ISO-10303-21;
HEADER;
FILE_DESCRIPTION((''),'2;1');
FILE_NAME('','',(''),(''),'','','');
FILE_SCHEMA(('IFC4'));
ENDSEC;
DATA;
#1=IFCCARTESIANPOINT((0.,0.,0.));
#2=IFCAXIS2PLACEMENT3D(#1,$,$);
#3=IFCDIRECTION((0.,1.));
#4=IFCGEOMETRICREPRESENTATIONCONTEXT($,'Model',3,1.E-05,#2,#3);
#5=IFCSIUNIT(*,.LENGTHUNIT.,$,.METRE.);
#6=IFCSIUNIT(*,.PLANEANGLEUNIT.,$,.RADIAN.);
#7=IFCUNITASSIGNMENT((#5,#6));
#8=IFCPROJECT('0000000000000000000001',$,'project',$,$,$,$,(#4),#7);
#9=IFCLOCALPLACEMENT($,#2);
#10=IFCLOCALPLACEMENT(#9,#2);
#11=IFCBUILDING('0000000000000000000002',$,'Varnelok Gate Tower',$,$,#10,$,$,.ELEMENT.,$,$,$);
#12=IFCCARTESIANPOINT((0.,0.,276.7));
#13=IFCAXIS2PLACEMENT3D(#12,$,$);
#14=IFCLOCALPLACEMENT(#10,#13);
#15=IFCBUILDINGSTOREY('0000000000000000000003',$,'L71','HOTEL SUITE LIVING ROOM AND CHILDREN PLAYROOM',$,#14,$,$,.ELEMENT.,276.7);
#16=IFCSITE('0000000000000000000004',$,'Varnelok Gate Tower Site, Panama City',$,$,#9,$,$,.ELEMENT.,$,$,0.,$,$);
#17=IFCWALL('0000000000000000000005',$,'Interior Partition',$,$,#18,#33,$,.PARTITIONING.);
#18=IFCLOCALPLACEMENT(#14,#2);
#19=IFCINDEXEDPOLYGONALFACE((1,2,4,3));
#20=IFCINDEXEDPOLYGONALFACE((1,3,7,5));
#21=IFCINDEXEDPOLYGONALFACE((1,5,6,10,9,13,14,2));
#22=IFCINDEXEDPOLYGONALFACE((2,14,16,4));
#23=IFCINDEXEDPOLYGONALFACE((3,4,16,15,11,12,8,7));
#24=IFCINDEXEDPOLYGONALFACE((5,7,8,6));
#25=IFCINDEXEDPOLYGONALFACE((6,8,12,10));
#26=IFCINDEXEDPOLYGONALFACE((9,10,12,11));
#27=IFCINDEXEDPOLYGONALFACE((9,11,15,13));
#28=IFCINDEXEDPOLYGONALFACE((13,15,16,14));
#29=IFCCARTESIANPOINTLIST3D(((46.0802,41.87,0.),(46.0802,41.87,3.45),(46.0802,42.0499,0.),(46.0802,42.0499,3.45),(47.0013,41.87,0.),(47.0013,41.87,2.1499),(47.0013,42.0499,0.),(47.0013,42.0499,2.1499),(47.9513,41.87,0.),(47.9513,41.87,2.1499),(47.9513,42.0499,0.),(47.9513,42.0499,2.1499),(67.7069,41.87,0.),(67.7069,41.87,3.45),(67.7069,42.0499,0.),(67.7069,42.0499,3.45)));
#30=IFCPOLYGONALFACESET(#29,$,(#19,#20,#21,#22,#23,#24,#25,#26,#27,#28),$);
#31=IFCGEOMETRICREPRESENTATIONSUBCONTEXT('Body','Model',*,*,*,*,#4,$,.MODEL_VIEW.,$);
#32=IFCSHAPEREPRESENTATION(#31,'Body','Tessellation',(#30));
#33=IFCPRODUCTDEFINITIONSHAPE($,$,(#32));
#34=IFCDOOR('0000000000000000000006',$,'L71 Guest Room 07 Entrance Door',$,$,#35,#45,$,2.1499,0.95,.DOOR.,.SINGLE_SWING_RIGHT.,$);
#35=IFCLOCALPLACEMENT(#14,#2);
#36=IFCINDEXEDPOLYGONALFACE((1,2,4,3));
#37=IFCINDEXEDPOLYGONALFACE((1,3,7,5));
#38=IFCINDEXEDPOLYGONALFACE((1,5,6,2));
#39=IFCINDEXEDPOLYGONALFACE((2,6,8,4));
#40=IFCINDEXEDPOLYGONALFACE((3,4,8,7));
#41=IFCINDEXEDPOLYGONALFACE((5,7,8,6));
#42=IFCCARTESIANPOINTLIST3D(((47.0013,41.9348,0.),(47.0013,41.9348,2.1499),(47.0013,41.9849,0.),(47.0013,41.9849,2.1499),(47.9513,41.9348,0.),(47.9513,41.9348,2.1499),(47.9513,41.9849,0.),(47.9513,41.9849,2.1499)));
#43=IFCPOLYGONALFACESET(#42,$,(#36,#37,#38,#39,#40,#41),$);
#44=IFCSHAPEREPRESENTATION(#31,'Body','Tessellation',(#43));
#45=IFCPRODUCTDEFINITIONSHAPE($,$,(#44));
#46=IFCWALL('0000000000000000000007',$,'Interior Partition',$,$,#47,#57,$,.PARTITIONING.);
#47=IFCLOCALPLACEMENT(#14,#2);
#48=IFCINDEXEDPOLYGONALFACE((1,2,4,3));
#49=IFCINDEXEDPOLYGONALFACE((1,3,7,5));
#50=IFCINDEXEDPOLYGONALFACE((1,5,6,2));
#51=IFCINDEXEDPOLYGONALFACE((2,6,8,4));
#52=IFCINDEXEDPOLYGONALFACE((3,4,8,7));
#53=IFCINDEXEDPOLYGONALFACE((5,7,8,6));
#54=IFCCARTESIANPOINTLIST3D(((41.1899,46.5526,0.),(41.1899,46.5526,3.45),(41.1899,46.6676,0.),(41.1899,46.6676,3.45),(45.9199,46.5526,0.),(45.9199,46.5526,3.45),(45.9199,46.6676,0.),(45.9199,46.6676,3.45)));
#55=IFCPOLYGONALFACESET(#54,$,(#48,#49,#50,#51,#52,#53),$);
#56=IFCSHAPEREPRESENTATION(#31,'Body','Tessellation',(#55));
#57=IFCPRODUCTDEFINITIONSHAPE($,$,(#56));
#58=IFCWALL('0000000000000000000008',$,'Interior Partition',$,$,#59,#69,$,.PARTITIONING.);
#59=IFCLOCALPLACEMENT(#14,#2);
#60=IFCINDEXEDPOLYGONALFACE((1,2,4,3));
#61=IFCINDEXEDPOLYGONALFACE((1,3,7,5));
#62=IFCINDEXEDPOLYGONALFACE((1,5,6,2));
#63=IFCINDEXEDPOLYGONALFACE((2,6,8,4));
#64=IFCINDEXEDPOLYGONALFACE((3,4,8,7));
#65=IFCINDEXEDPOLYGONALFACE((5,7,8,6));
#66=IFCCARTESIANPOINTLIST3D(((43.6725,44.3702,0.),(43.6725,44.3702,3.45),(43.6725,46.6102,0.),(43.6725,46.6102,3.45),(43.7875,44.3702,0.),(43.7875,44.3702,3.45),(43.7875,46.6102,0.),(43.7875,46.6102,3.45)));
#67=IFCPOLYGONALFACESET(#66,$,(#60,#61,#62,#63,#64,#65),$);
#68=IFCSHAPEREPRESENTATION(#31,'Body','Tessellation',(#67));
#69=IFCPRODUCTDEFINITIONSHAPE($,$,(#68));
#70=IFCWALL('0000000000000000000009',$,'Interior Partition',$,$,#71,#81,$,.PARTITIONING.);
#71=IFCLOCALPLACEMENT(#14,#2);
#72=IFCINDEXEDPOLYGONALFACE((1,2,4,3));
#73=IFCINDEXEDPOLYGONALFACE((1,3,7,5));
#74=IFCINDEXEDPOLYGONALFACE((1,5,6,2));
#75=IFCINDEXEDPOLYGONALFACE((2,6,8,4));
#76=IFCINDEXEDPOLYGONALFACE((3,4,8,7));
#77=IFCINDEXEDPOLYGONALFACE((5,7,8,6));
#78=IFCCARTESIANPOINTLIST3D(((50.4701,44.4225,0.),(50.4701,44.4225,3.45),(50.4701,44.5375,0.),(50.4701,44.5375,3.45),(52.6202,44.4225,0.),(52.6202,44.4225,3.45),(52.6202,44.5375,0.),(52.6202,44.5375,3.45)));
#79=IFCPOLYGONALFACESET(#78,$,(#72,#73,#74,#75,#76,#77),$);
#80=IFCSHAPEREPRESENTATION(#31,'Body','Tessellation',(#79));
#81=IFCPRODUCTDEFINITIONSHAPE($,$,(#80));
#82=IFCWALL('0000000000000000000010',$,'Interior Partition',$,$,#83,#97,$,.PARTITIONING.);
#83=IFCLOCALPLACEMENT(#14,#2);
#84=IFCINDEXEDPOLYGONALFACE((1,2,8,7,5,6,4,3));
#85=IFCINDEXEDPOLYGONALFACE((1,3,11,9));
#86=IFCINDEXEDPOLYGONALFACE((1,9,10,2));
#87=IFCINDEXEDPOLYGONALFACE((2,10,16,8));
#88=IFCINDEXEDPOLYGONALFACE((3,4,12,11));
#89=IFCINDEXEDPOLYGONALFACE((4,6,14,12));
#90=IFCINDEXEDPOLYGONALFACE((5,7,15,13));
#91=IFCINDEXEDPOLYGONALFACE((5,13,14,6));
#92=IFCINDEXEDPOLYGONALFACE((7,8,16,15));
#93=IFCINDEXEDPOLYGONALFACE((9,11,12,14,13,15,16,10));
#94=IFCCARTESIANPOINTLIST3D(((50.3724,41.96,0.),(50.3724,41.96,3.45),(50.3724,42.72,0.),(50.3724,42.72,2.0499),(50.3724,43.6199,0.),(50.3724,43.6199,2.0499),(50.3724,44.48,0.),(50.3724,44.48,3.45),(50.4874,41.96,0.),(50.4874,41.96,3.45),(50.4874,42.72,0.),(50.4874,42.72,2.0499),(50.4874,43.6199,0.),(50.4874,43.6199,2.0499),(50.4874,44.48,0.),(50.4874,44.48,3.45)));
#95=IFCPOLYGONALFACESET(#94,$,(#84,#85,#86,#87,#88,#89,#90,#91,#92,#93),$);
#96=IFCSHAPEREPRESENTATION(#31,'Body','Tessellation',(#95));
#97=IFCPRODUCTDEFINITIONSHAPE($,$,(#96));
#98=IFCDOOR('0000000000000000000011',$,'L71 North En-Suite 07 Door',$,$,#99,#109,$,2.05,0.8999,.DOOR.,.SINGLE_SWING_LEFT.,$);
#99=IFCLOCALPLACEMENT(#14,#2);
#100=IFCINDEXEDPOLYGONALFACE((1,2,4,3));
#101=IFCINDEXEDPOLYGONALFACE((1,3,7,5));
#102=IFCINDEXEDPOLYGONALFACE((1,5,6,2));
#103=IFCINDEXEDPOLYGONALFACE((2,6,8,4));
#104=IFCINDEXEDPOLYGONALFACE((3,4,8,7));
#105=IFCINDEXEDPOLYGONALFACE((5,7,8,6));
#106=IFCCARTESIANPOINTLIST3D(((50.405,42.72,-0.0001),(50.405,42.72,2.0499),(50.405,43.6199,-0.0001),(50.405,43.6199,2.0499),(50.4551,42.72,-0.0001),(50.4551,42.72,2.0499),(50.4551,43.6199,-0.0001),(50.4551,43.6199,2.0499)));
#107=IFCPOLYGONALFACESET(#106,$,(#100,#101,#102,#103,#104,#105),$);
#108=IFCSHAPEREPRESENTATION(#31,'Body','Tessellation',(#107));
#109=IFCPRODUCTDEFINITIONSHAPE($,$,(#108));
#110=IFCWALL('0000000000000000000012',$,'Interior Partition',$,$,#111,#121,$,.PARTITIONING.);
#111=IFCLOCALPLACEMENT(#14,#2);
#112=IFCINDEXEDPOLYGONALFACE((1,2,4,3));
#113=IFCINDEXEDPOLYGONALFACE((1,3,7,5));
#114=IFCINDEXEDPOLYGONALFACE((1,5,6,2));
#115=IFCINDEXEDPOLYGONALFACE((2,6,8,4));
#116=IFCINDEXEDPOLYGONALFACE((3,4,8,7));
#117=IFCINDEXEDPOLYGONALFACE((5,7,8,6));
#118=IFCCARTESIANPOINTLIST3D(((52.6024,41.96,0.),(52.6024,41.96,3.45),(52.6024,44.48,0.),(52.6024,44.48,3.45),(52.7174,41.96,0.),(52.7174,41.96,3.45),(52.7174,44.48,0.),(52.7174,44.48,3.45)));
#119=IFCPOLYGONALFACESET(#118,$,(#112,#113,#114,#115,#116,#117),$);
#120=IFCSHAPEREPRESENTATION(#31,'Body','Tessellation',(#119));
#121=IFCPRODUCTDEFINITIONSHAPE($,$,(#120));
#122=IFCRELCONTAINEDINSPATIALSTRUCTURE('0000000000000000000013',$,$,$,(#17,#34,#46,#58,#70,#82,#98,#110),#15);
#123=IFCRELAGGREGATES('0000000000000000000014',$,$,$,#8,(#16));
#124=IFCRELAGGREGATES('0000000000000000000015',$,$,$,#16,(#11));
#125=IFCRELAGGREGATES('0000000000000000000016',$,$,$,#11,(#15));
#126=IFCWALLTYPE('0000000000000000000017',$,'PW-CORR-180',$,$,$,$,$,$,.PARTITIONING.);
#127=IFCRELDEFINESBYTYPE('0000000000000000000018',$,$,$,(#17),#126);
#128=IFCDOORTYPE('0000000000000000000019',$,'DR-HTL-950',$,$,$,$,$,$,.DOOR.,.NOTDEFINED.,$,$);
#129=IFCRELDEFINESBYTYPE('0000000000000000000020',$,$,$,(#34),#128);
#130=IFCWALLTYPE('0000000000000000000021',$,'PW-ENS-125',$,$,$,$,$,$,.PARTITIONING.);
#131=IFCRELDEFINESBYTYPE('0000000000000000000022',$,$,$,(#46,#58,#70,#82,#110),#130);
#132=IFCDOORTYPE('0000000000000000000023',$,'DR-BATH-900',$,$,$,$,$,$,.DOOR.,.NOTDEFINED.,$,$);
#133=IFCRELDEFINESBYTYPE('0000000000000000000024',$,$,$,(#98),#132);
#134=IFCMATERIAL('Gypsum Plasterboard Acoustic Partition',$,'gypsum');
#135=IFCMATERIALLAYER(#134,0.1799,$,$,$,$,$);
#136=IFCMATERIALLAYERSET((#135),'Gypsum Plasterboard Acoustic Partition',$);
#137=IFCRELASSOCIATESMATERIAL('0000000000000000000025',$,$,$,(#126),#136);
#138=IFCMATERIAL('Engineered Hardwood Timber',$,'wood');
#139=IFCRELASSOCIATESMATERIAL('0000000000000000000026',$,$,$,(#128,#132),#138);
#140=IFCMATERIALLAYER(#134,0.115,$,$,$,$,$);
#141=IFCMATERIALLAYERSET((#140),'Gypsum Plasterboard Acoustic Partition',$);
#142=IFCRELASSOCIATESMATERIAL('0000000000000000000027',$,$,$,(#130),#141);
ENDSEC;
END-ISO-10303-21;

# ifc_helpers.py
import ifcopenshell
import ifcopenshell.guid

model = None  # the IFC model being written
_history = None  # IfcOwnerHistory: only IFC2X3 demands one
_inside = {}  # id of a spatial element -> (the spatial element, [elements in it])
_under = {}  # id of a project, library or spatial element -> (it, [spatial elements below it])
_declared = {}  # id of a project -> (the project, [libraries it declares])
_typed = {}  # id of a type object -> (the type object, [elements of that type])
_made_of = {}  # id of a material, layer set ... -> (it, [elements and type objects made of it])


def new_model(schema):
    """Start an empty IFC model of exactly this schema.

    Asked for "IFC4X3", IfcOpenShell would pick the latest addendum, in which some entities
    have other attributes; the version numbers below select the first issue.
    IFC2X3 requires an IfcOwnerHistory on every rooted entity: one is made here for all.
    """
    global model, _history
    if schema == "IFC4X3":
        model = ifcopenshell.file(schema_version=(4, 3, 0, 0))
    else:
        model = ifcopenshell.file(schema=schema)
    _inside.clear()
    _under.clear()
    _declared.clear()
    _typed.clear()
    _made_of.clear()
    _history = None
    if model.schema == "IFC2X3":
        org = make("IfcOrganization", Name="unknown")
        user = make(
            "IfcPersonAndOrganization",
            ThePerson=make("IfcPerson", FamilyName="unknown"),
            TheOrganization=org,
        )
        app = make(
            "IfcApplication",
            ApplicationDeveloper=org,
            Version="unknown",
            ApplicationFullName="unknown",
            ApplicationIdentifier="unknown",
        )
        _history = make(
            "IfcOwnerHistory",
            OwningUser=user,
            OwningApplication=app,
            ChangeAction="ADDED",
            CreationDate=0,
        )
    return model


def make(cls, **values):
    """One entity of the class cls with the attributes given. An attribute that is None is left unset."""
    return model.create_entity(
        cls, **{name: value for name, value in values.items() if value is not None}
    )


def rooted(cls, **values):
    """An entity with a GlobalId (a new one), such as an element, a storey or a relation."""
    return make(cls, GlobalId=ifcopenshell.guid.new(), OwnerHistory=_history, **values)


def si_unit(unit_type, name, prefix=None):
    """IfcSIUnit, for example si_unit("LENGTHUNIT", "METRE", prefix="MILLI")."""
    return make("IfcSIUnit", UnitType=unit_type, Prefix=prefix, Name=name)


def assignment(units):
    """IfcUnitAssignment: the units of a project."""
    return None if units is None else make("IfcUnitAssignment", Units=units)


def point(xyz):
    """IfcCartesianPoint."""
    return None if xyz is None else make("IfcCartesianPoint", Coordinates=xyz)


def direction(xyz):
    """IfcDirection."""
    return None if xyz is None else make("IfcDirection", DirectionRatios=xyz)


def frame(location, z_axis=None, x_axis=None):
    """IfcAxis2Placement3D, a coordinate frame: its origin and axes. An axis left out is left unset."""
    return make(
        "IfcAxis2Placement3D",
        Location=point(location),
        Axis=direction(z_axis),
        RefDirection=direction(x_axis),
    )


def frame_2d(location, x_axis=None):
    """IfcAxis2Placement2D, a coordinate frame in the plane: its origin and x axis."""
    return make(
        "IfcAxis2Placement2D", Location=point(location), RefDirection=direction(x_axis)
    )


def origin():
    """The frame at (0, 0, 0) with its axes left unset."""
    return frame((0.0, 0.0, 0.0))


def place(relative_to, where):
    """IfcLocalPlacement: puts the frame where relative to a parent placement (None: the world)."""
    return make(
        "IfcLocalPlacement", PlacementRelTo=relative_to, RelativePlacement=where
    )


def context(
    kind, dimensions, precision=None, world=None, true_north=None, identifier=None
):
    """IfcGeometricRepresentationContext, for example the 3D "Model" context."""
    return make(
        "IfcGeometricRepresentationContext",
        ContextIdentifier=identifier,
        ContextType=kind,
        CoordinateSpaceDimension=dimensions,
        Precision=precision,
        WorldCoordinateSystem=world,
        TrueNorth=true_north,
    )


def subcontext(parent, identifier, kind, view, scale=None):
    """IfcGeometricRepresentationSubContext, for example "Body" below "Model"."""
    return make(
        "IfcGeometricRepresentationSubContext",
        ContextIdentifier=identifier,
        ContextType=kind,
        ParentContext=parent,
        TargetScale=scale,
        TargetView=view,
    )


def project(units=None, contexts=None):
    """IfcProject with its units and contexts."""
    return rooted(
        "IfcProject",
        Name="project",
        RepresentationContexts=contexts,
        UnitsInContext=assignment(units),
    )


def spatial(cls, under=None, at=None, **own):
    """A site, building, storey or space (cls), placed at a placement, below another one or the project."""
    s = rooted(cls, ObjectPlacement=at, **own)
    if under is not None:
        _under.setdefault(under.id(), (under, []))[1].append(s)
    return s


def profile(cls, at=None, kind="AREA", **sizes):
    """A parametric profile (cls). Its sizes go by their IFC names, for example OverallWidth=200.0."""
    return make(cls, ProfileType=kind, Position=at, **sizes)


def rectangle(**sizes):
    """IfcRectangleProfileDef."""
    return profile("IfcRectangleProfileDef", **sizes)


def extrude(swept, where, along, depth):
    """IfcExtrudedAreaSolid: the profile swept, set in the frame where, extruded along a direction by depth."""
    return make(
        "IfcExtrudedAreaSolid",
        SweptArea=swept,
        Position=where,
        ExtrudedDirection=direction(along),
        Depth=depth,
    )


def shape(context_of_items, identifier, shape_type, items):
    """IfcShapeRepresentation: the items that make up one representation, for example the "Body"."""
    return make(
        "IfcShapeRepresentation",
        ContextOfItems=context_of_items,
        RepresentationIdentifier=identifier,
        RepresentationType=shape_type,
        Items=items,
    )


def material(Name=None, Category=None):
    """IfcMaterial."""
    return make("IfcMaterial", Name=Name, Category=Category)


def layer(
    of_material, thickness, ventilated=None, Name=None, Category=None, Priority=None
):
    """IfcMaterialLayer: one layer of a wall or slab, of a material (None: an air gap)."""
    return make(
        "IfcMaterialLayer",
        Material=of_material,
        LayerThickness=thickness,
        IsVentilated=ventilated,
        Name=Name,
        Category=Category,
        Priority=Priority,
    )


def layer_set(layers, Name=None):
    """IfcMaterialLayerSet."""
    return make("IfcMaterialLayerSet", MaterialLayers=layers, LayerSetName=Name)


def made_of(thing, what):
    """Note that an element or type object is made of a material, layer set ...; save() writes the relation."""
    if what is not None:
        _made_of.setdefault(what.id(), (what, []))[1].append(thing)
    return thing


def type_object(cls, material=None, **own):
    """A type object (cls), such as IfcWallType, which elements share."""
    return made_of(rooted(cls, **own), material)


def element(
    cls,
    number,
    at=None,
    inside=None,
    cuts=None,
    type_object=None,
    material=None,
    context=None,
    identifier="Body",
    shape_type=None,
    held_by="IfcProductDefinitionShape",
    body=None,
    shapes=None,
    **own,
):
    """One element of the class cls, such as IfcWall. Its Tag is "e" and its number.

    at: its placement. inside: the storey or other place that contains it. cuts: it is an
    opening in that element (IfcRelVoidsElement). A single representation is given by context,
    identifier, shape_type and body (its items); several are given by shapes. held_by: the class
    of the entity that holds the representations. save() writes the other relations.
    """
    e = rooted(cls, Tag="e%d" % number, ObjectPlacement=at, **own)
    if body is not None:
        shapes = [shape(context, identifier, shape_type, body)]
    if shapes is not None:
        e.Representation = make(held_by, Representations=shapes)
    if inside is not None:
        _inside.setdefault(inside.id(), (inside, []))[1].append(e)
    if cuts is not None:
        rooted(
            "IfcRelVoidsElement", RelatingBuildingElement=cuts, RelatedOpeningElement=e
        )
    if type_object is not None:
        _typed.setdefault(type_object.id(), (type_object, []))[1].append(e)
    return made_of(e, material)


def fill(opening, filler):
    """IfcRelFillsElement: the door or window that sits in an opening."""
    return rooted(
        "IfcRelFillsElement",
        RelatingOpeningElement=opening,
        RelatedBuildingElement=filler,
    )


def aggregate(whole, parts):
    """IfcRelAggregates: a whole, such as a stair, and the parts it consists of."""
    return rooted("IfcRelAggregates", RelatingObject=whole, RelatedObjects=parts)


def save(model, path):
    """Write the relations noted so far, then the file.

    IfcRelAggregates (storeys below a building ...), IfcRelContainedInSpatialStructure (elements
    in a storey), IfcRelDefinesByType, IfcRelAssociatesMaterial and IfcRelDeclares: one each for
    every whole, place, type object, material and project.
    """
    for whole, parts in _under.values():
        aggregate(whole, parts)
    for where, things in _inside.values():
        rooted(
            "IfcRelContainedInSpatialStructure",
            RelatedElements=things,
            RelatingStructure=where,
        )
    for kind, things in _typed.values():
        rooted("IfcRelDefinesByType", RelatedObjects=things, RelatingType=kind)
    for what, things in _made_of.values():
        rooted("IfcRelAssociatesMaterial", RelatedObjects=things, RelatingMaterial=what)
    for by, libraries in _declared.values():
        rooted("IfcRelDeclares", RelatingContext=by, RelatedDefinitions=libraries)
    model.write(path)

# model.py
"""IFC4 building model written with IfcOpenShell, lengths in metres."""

from ifc_helpers import new_model, si_unit, direction, frame, frame_2d, origin, place, context, subcontext, project, spatial, rectangle, extrude, material, layer, layer_set, type_object, element, fill, save


model = new_model("IFC4")

# Units and contexts
model_context = context("Model", 3, precision=1e-05, world=origin(), true_north=direction((0.0, 1.0)))
body_context = subcontext(model_context, "Body", "Model", "MODEL_VIEW")
ifc_project = project(units=[si_unit("LENGTHUNIT", "METRE"), si_unit("PLANEANGLEUNIT", "RADIAN")], contexts=[model_context])

# Site, building, storey
site_placement = place(None, origin())
site = spatial("IfcSite", under=ifc_project, at=site_placement, Name="Varnelok Gate Tower Site, Panama City", CompositionType="ELEMENT", RefElevation=0.0)
building_placement = place(site_placement, origin())
building = spatial("IfcBuilding", under=site, at=building_placement, Name="Varnelok Gate Tower", CompositionType="ELEMENT")
storey_placement = place(building_placement, frame((0.0, 0.0, 276.7)))
storey = spatial("IfcBuildingStorey", under=building, at=storey_placement, Name="L71", Description="HOTEL SUITE LIVING ROOM AND CHILDREN PLAYROOM", CompositionType="ELEMENT", Elevation=276.7)

# Wall, opening, door
ifc_material_1 = material(Name="Gypsum Plasterboard Acoustic Partition", Category="gypsum")
ifc_layer_1 = layer(ifc_material_1, 0.1799)
ifc_layer_set_1 = layer_set([ifc_layer_1], Name="Gypsum Plasterboard Acoustic Partition")
wall_type_1 = type_object("IfcWallType", Name="PW-CORR-180", PredefinedType="PARTITIONING", material=ifc_layer_set_1)
wall_1_placement = place(storey_placement, frame((46.0801, 41.96, 0.0), z_axis=(0.0, 0.0, 1.0), x_axis=(1.0, 0.0, 0.0)))
wall_1 = element("IfcWall", 1, at=wall_1_placement, inside=storey, type_object=wall_type_1, Name="Interior Partition", PredefinedType="PARTITIONING", context=body_context, shape_type="SweptSolid", body=[
    extrude(rectangle(XDim=21.6267, YDim=0.1799, at=frame_2d((10.8135, 0.0))), origin(), (0.0, 0.0, 1.0), 3.45),
])
opening_1_placement = place(wall_1_placement, frame((0.9211, 0.0, 0.0)))
opening_1 = element("IfcOpeningElement", 2, at=opening_1_placement, cuts=wall_1, PredefinedType="OPENING", context=body_context, shape_type="SweptSolid", body=[
    extrude(rectangle(XDim=0.95, YDim=2.1499, at=frame_2d((0.4751, 1.075))), frame((0.0, 0.0999, 0.0), z_axis=(0.0, -1.0, 0.0), x_axis=(1.0, 0.0, 0.0)), (0.0, 0.0, 1.0), 0.2),
])
ifc_material_2 = material(Name="Engineered Hardwood Timber", Category="wood")
door_type_1 = type_object("IfcDoorType", Name="DR-HTL-950", OperationType="NOTDEFINED", PredefinedType="DOOR", material=ifc_material_2)
door_1_placement = place(opening_1_placement, origin())
door_1 = element("IfcDoor", 3, at=door_1_placement, inside=storey, type_object=door_type_1, Name="L71 Guest Room 07 Entrance Door", OperationType="SINGLE_SWING_RIGHT", OverallHeight=2.1499, OverallWidth=0.95, PredefinedType="DOOR", context=body_context, shape_type="SweptSolid", body=[
    extrude(rectangle(XDim=0.95, YDim=2.1499, at=frame_2d((0.4751, 1.075))), frame((0.0, 0.0249, 0.0), z_axis=(0.0, -1.0, 0.0), x_axis=(1.0, 0.0, 0.0)), (0.0, 0.0, 1.0), 0.05),
])
fill(opening_1, door_1)

# Walls
ifc_layer_2 = layer(ifc_material_1, 0.115)
ifc_layer_set_2 = layer_set([ifc_layer_2], Name="Gypsum Plasterboard Acoustic Partition")
wall_type_2 = type_object("IfcWallType", Name="PW-ENS-125", PredefinedType="PARTITIONING", material=ifc_layer_set_2)
wall_2_placement = place(storey_placement, frame((41.1899, 46.6101, 0.0), z_axis=(0.0, 0.0, 1.0), x_axis=(1.0, 0.0, 0.0)))
element("IfcWall", 4, at=wall_2_placement, inside=storey, type_object=wall_type_2, Name="Interior Partition", PredefinedType="PARTITIONING", context=body_context, shape_type="SweptSolid", body=[
    extrude(rectangle(XDim=4.73, YDim=0.115, at=frame_2d((2.365, 0.0))), origin(), (0.0, 0.0, 1.0), 3.45),
])
wall_3_placement = place(storey_placement, frame((43.73, 44.3701, 0.0), z_axis=(0.0, 0.0, 1.0), x_axis=(0.0, 1.0, 0.0)))
element("IfcWall", 5, at=wall_3_placement, inside=storey, type_object=wall_type_2, Name="Interior Partition", PredefinedType="PARTITIONING", context=body_context, shape_type="SweptSolid", body=[
    extrude(rectangle(XDim=2.24, YDim=0.115, at=frame_2d((1.1201, 0.0))), origin(), (0.0, 0.0, 1.0), 3.45),
])
wall_4_placement = place(storey_placement, frame((50.47, 44.48, 0.0), z_axis=(0.0, 0.0, 1.0), x_axis=(1.0, 0.0, 0.0)))
element("IfcWall", 6, at=wall_4_placement, inside=storey, type_object=wall_type_2, Name="Interior Partition", PredefinedType="PARTITIONING", context=body_context, shape_type="SweptSolid", body=[
    extrude(rectangle(XDim=2.1501, YDim=0.115, at=frame_2d((1.0752, 0.0))), origin(), (0.0, 0.0, 1.0), 3.45),
])

# Wall, opening, door
wall_5_placement = place(storey_placement, frame((50.4299, 41.96, 0.0), z_axis=(0.0, 0.0, 1.0), x_axis=(0.0, 1.0, 0.0)))
wall_5 = element("IfcWall", 7, at=wall_5_placement, inside=storey, type_object=wall_type_2, Name="Interior Partition", PredefinedType="PARTITIONING", context=body_context, shape_type="SweptSolid", body=[
    extrude(rectangle(XDim=2.52, YDim=0.115, at=frame_2d((1.26, 0.0))), origin(), (0.0, 0.0, 1.0), 3.45),
])
opening_2_placement = place(wall_5_placement, frame((0.76, 0.0, 0.0)))
opening_2 = element("IfcOpeningElement", 8, at=opening_2_placement, cuts=wall_5, PredefinedType="OPENING", context=body_context, shape_type="SweptSolid", body=[
    extrude(rectangle(XDim=0.8999, YDim=2.05, at=frame_2d((0.45, 1.0249))), frame((0.0, 0.0674, 0.0), z_axis=(0.0, -1.0, 0.0), x_axis=(1.0, 0.0, 0.0)), (0.0, 0.0, 1.0), 0.135),
])
door_type_2 = type_object("IfcDoorType", Name="DR-BATH-900", OperationType="NOTDEFINED", PredefinedType="DOOR", material=ifc_material_2)
door_2_placement = place(opening_2_placement, origin())
door_2 = element("IfcDoor", 9, at=door_2_placement, inside=storey, type_object=door_type_2, Name="L71 North En-Suite 07 Door", OperationType="SINGLE_SWING_LEFT", OverallHeight=2.05, OverallWidth=0.8999, PredefinedType="DOOR", context=body_context, shape_type="SweptSolid", body=[
    extrude(rectangle(XDim=0.8999, YDim=2.05, at=frame_2d((0.45, 1.0249))), frame((0.0, 0.0249, 0.0), z_axis=(0.0, -1.0, 0.0), x_axis=(1.0, 0.0, 0.0)), (0.0, 0.0, 1.0), 0.05),
])
fill(opening_2, door_2)

# Wall
wall_6_placement = place(storey_placement, frame((52.6599, 41.96, 0.0), z_axis=(0.0, 0.0, 1.0), x_axis=(0.0, 1.0, 0.0)))
element("IfcWall", 10, at=wall_6_placement, inside=storey, type_object=wall_type_2, Name="Interior Partition", PredefinedType="PARTITIONING", context=body_context, shape_type="SweptSolid", body=[
    extrude(rectangle(XDim=2.52, YDim=0.115, at=frame_2d((1.26, 0.0))), origin(), (0.0, 0.0, 1.0), 3.45),
])

save(model, "model.ifc")
